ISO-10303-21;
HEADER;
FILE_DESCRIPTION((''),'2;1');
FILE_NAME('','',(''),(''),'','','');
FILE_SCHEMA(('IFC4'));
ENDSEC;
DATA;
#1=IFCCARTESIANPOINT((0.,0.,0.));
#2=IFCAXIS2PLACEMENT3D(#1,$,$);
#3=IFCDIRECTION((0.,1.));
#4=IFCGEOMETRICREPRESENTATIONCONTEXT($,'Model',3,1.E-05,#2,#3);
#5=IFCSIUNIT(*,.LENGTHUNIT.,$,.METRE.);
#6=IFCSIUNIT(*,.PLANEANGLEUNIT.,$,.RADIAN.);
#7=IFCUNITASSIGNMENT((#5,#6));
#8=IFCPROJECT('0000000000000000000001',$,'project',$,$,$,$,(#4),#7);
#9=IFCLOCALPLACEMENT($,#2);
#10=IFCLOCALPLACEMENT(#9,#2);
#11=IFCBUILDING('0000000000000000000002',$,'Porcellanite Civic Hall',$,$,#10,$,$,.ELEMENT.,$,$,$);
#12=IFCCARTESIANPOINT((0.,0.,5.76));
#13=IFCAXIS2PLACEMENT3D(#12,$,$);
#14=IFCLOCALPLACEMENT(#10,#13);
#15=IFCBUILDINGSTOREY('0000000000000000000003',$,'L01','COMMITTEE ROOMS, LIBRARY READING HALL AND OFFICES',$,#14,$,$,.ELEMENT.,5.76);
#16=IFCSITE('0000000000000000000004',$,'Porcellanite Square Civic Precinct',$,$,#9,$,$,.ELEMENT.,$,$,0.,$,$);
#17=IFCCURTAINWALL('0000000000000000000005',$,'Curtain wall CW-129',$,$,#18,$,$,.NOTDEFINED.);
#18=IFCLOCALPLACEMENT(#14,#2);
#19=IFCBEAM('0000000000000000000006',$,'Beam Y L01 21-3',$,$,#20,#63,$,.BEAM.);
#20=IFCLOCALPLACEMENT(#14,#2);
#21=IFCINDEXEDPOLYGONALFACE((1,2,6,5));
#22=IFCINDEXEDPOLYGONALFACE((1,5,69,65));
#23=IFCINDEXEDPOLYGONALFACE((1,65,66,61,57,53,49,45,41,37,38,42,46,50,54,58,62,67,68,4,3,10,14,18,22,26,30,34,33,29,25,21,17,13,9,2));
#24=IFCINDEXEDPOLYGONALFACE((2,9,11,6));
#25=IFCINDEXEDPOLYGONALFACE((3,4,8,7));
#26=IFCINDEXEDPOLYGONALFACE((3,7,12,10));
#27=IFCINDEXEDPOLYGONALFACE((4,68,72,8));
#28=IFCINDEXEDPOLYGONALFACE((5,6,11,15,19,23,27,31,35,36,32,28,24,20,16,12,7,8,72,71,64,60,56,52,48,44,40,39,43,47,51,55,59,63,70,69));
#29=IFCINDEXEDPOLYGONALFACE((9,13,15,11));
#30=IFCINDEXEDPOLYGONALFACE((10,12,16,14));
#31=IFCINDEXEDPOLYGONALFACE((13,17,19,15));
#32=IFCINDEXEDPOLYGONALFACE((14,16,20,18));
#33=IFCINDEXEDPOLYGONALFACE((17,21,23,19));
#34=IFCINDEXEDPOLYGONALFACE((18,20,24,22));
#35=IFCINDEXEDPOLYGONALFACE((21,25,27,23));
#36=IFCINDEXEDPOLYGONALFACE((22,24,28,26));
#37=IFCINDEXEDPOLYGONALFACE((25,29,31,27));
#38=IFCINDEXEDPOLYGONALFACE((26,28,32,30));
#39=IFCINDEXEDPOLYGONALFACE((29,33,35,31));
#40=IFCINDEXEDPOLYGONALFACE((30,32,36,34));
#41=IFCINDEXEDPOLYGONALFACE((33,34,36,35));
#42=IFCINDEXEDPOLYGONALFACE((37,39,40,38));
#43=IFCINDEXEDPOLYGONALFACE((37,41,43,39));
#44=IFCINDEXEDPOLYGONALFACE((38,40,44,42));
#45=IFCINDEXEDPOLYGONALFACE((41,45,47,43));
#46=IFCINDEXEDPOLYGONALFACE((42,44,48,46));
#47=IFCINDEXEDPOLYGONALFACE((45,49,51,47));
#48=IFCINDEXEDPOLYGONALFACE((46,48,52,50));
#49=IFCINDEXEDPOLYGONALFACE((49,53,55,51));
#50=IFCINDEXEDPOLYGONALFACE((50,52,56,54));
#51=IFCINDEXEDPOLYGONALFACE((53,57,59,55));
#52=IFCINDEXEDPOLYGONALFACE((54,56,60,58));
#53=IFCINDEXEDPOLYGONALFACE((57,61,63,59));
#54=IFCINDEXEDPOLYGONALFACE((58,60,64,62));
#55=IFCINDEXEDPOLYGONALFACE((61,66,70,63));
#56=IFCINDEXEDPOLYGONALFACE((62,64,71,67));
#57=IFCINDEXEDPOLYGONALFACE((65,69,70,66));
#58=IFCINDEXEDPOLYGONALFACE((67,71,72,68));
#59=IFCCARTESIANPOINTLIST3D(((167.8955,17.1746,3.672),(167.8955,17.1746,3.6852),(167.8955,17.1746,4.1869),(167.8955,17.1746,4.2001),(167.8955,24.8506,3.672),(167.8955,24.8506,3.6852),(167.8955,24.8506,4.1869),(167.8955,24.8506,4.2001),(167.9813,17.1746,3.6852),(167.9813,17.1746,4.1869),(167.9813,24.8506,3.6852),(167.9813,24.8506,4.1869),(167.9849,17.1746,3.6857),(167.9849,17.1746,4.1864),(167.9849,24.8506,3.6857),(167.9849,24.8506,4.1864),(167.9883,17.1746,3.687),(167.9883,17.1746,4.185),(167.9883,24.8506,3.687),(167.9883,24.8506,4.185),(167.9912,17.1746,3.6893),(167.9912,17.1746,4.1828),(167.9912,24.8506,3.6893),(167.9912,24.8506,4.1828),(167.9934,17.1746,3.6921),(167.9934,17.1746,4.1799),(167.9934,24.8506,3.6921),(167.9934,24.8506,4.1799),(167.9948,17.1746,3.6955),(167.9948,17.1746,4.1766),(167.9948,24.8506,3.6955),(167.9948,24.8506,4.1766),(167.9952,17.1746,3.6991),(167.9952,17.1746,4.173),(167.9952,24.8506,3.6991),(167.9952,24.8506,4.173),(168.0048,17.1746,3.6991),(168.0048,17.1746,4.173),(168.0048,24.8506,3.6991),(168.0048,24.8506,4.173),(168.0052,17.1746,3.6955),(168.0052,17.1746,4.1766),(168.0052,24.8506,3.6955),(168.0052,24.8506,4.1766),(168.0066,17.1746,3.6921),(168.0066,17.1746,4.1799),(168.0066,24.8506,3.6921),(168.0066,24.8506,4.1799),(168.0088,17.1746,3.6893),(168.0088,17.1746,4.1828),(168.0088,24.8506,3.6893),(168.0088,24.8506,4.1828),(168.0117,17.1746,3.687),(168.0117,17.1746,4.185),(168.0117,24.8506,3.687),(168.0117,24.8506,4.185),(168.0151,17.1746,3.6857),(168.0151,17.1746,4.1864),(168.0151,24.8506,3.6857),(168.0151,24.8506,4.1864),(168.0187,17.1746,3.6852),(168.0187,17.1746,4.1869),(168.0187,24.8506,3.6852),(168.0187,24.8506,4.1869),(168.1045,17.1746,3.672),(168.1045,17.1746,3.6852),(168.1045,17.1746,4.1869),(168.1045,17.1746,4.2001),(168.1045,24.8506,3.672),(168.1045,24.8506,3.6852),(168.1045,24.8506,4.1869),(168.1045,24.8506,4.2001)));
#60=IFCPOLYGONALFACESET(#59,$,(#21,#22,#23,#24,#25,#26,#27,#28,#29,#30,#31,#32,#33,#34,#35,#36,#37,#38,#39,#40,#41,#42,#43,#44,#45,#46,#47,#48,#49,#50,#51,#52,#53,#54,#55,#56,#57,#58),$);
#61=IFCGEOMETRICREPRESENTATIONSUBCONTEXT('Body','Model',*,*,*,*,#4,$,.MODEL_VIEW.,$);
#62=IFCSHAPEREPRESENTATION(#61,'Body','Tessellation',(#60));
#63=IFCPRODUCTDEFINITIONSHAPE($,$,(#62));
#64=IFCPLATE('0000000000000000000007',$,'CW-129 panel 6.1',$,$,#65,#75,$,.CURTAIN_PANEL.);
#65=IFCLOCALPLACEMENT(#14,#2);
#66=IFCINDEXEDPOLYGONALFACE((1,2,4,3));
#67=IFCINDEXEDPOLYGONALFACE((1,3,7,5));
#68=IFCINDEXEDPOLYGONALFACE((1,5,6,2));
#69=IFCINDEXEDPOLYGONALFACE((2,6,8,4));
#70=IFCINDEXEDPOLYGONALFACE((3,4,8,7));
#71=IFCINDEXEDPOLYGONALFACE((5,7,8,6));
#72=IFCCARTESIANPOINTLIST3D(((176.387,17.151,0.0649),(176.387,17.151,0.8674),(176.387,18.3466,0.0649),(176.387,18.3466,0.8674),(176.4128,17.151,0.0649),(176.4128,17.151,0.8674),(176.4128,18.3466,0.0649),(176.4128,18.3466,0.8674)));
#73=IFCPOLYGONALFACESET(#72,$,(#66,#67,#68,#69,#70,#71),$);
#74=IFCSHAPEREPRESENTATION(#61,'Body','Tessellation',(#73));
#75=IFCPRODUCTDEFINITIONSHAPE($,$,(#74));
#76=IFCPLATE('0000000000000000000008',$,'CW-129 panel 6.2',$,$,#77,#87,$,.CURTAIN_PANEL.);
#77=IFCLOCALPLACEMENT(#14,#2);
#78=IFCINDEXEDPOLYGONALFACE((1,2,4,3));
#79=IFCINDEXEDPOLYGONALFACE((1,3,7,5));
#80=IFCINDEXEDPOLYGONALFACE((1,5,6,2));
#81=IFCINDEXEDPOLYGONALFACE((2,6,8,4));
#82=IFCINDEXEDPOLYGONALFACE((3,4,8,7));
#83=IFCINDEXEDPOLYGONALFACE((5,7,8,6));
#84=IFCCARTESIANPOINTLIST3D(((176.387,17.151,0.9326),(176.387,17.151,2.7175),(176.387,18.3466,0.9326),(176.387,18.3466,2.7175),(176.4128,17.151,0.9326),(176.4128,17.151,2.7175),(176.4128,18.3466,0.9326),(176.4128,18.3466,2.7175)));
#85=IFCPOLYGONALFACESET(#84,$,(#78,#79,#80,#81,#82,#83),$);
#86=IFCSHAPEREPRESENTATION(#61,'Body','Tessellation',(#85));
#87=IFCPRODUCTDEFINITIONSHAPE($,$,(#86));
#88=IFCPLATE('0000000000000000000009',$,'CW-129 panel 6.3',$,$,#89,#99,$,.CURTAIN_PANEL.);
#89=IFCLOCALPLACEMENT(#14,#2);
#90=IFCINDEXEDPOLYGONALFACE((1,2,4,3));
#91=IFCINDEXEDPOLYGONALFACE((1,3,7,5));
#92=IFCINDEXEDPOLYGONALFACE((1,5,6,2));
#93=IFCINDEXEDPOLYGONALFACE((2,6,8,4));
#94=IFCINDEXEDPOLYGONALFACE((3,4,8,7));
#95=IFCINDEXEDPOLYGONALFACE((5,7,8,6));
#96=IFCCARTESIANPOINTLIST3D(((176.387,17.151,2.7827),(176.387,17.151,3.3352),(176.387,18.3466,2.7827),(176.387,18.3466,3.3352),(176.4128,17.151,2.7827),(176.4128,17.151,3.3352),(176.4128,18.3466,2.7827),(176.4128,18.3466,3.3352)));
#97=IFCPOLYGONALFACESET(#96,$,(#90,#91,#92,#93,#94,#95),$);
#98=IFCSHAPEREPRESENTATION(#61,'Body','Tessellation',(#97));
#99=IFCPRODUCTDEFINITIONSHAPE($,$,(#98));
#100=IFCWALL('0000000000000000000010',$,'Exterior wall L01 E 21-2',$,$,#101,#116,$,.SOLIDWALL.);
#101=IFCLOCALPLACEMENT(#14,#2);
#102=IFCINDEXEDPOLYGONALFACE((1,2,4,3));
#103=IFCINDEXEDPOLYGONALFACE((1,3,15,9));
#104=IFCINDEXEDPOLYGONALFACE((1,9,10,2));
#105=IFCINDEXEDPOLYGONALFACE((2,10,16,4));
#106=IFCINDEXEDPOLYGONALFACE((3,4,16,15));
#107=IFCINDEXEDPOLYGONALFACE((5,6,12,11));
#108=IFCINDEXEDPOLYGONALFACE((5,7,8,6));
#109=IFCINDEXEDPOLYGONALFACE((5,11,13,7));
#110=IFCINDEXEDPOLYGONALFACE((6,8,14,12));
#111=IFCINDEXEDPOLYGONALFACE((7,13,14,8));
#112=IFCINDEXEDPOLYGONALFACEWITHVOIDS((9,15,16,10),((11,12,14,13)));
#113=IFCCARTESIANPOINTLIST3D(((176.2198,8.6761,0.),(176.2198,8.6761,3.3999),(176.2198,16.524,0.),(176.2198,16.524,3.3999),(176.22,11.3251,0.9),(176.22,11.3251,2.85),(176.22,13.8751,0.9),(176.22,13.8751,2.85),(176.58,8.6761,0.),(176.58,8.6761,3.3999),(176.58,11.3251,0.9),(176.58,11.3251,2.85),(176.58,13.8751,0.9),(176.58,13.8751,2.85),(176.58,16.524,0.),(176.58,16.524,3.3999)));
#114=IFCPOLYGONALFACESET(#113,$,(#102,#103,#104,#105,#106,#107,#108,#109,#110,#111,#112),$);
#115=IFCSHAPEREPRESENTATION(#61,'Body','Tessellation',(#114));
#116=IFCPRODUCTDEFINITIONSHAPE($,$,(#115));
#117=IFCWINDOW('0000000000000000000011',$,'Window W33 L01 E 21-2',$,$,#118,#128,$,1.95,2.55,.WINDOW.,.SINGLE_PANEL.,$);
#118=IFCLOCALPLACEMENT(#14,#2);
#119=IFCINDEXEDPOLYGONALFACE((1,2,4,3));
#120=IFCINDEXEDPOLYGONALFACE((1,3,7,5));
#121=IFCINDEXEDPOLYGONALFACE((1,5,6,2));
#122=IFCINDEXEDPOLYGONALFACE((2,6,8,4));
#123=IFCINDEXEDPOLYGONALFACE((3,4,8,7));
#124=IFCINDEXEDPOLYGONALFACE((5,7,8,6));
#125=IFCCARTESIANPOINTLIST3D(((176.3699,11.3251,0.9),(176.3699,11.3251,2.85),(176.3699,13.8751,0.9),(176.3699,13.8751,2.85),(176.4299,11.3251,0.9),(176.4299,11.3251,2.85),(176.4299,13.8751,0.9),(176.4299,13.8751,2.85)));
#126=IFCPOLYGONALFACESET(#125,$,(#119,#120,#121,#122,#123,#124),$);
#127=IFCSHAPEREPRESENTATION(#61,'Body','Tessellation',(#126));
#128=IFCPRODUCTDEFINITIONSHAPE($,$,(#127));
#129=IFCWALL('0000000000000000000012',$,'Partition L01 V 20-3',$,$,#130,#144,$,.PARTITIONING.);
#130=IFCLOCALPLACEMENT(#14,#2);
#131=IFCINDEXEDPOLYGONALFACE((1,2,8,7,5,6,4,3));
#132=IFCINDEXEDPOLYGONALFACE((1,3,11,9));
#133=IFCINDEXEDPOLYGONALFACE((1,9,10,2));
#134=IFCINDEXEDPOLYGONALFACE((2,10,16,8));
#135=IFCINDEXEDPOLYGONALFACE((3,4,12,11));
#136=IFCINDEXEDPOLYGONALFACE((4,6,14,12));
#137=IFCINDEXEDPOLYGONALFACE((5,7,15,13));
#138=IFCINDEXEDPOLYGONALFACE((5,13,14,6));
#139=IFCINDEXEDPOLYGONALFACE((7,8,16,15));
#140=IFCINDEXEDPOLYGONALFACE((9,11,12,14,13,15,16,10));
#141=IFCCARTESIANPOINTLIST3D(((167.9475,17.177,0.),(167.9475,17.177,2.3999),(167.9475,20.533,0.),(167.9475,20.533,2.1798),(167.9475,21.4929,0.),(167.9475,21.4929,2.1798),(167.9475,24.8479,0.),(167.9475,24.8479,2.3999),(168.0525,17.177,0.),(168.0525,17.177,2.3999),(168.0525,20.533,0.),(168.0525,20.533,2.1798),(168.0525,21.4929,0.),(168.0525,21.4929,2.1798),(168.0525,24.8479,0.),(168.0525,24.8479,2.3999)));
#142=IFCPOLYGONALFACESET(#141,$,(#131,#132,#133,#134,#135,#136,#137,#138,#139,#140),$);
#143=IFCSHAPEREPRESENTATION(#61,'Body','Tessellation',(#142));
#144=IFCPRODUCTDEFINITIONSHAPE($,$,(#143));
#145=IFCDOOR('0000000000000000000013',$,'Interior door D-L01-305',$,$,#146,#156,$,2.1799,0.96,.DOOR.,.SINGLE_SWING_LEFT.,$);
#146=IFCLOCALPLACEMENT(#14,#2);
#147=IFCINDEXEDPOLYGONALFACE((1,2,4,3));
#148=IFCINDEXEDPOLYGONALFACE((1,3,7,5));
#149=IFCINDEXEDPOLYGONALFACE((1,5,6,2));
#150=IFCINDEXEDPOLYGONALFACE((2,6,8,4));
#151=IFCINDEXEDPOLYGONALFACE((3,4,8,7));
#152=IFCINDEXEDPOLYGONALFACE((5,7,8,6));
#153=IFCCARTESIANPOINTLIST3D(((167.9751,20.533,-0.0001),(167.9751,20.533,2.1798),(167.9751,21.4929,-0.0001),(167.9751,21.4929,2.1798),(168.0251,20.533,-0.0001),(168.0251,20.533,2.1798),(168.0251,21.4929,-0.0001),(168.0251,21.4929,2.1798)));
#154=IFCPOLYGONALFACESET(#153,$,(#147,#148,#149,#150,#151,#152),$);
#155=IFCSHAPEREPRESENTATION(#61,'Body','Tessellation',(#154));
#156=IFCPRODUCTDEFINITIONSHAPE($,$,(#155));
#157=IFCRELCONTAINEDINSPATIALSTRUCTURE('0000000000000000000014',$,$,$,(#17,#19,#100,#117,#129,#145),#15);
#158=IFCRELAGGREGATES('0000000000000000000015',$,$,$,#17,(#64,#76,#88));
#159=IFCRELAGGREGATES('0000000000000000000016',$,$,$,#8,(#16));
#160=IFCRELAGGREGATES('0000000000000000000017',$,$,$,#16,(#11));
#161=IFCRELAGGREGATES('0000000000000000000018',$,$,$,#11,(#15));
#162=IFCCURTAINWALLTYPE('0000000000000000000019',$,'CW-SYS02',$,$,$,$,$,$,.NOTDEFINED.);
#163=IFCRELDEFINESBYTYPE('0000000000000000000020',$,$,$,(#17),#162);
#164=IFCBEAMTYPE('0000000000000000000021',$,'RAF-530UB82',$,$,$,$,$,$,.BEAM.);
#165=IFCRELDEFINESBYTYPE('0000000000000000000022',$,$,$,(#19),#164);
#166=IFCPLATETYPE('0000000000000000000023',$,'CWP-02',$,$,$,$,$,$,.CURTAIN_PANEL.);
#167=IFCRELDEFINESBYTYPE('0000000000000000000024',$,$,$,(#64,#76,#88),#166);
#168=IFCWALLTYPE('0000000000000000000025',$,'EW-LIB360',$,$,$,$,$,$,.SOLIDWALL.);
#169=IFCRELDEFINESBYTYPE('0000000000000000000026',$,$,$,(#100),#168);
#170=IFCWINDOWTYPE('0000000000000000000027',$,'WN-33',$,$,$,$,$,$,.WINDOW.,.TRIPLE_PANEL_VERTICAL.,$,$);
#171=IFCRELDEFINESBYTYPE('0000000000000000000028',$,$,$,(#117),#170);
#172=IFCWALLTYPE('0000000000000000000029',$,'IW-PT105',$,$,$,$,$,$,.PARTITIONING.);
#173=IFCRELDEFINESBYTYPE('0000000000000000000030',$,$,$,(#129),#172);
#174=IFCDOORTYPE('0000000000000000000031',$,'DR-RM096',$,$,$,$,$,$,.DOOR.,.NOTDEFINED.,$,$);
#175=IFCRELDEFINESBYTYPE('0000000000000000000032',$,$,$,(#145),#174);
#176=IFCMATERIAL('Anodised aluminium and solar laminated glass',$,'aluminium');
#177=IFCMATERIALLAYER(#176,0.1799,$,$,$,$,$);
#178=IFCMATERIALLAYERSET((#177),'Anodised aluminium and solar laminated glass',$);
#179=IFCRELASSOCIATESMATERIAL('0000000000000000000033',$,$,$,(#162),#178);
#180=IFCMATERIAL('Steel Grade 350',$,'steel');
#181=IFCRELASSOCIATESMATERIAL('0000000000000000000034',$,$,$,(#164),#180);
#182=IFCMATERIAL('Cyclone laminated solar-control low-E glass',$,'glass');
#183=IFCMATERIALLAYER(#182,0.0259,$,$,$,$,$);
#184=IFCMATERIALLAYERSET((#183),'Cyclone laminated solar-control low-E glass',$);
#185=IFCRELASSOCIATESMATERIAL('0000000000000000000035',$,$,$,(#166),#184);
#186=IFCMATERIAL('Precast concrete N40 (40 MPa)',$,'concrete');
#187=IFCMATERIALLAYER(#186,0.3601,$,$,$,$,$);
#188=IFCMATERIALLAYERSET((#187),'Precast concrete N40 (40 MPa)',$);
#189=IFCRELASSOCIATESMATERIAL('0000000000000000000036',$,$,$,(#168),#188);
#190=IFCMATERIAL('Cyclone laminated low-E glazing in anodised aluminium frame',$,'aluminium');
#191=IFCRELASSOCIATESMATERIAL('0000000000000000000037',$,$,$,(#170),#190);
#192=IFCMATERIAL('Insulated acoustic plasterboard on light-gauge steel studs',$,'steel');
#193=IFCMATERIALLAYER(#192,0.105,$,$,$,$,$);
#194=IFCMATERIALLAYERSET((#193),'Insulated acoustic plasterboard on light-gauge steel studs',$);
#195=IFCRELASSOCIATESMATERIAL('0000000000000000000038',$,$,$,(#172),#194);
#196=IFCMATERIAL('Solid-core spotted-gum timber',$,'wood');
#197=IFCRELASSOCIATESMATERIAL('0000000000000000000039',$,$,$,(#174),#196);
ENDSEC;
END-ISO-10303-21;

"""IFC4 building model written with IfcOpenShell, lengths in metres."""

from ifc_helpers import new_model, si_unit, direction, frame, frame_2d, origin, origin_2d, place, context, subcontext, project, spatial, rectangle, i_section, extrude, material, layer, layer_set, material_profile, profile_set, type_object, element, fill, aggregate, save


model = new_model("IFC4")

# Units and contexts
model_context = context("Model", 3, precision=1e-05, world=origin(), true_north=direction((0.0, 1.0)))
body_context = subcontext(model_context, "Body", "Model", "MODEL_VIEW")
ifc_project = project(units=[si_unit("LENGTHUNIT", "METRE"), si_unit("PLANEANGLEUNIT", "RADIAN")], contexts=[model_context])

# Site, building, storey
site_placement = place(None, origin())
site = spatial("IfcSite", under=ifc_project, at=site_placement, Name="Porcellanite Square Civic Precinct", CompositionType="ELEMENT", RefElevation=0.0)
building_placement = place(site_placement, origin())
building = spatial("IfcBuilding", under=site, at=building_placement, Name="Porcellanite Civic Hall", CompositionType="ELEMENT")
storey_placement = place(building_placement, frame((0.0, 0.0, 5.76)))
storey = spatial("IfcBuildingStorey", under=building, at=storey_placement, Name="L01", Description="COMMITTEE ROOMS, LIBRARY READING HALL AND OFFICES", CompositionType="ELEMENT", Elevation=5.76)

# Curtain wall
ifc_material_1 = material(Name="Anodised aluminium and solar laminated glass", Category="aluminium")
ifc_layer_1 = layer(ifc_material_1, 0.1799)
ifc_layer_set_1 = layer_set([ifc_layer_1], Name="Anodised aluminium and solar laminated glass")
curtain_wall_type = type_object("IfcCurtainWallType", Name="CW-SYS02", PredefinedType="NOTDEFINED", material=ifc_layer_set_1)
curtain_wall_placement = place(storey_placement, origin())
curtain_wall = element("IfcCurtainWall", 1, at=curtain_wall_placement, inside=storey, type_object=curtain_wall_type, Name="Curtain wall CW-129", PredefinedType="NOTDEFINED")

# Beam
ifc_material_2 = material(Name="Steel Grade 350", Category="steel")
ifc_material_profile_1 = material_profile(ifc_material_2, i_section(OverallWidth=0.209, OverallDepth=0.5281, WebThickness=0.0095, FlangeThickness=0.0132, FilletRadius=0.0139, at=origin_2d()), Name="530UB82.0")
ifc_profile_set_1 = profile_set([ifc_material_profile_1], Name="Steel Grade 350")
beam_type_1 = type_object("IfcBeamType", Name="RAF-530UB82", PredefinedType="BEAM", material=ifc_profile_set_1)
beam_1_placement = place(storey_placement, frame((168.0, 17.1746, 3.936), z_axis=(0.0, 1.0, 0.0), x_axis=(-1.0, 0.0, 0.0)))
element("IfcBeam", 2, at=beam_1_placement, inside=storey, type_object=beam_type_1, Name="Beam Y L01 21-3", PredefinedType="BEAM", context=body_context, shape_type="SweptSolid", body=[
    extrude(i_section(OverallWidth=0.209, OverallDepth=0.5281, WebThickness=0.0095, FlangeThickness=0.0132, FilletRadius=0.0139, at=origin_2d()), origin(), (0.0, 0.0, 1.0), 7.676),
])

# Plates
ifc_material_3 = material(Name="Cyclone laminated solar-control low-E glass", Category="glass")
ifc_layer_2 = layer(ifc_material_3, 0.0259)
ifc_layer_set_2 = layer_set([ifc_layer_2], Name="Cyclone laminated solar-control low-E glass")
plate_type = type_object("IfcPlateType", Name="CWP-02", PredefinedType="CURTAIN_PANEL", material=ifc_layer_set_2)
plate_1_placement = place(storey_placement, frame((176.3999, 17.7488, 0.0649), z_axis=(0.0, 0.0, 1.0), x_axis=(0.0, -1.0, 0.0)))
plate_1 = element("IfcPlate", 3, at=plate_1_placement, type_object=plate_type, Name="CW-129 panel 6.1", PredefinedType="CURTAIN_PANEL", context=body_context, shape_type="SweptSolid", body=[
    extrude(rectangle(XDim=1.1956, YDim=0.0259, at=origin_2d()), origin(), (0.0, 0.0, 1.0), 0.8025),
])
plate_2_placement = place(storey_placement, frame((176.3999, 17.7488, 0.9326), z_axis=(0.0, 0.0, 1.0), x_axis=(0.0, -1.0, 0.0)))
plate_2 = element("IfcPlate", 4, at=plate_2_placement, type_object=plate_type, Name="CW-129 panel 6.2", PredefinedType="CURTAIN_PANEL", context=body_context, shape_type="SweptSolid", body=[
    extrude(rectangle(XDim=1.1956, YDim=0.0259, at=origin_2d()), origin(), (0.0, 0.0, 1.0), 1.7849),
])
plate_3_placement = place(storey_placement, frame((176.3999, 17.7488, 2.7827), z_axis=(0.0, 0.0, 1.0), x_axis=(0.0, -1.0, 0.0)))
plate_3 = element("IfcPlate", 5, at=plate_3_placement, type_object=plate_type, Name="CW-129 panel 6.3", PredefinedType="CURTAIN_PANEL", context=body_context, shape_type="SweptSolid", body=[
    extrude(rectangle(XDim=1.1956, YDim=0.0259, at=origin_2d()), origin(), (0.0, 0.0, 1.0), 0.5525),
])
aggregate(curtain_wall, [plate_1, plate_2, plate_3])

# Wall, opening, window
ifc_material_4 = material(Name="Precast concrete N40 (40 MPa)", Category="concrete")
ifc_layer_3 = layer(ifc_material_4, 0.3601)
ifc_layer_set_3 = layer_set([ifc_layer_3], Name="Precast concrete N40 (40 MPa)")
wall_type_1 = type_object("IfcWallType", Name="EW-LIB360", PredefinedType="SOLIDWALL", material=ifc_layer_set_3)
wall_1_placement = place(storey_placement, frame((176.3999, 16.5239, 0.0), z_axis=(0.0, 0.0, 1.0), x_axis=(0.0, -1.0, 0.0)))
wall_1 = element("IfcWall", 6, at=wall_1_placement, inside=storey, type_object=wall_type_1, Name="Exterior wall L01 E 21-2", PredefinedType="SOLIDWALL", context=body_context, shape_type="SweptSolid", body=[
    extrude(rectangle(XDim=7.8479, YDim=0.3601, at=frame_2d((3.9238, 0.0))), origin(), (0.0, 0.0, 1.0), 3.3999),
])
opening_1_placement = place(wall_1_placement, frame((2.6489, 0.0, 0.8999)))
opening_1 = element("IfcOpeningElement", 7, at=opening_1_placement, cuts=wall_1, PredefinedType="OPENING", context=body_context, shape_type="SweptSolid", body=[
    extrude(rectangle(XDim=2.55, YDim=1.95, at=frame_2d((1.2749, 0.9751))), frame((0.0, 0.1802, 0.0), z_axis=(0.0, -1.0, 0.0), x_axis=(1.0, 0.0, 0.0)), (0.0, 0.0, 1.0), 0.3601),
])
ifc_material_5 = material(Name="Cyclone laminated low-E glazing in anodised aluminium frame", Category="aluminium")
window_type = type_object("IfcWindowType", Name="WN-33", PartitioningType="TRIPLE_PANEL_VERTICAL", PredefinedType="WINDOW", material=ifc_material_5)
window_placement = place(opening_1_placement, origin())
window = element("IfcWindow", 8, at=window_placement, inside=storey, type_object=window_type, Name="Window W33 L01 E 21-2", OverallHeight=1.95, OverallWidth=2.55, PartitioningType="SINGLE_PANEL", PredefinedType="WINDOW", context=body_context, shape_type="SweptSolid", body=[
    extrude(rectangle(XDim=2.55, YDim=1.95, at=frame_2d((1.2749, 0.9751))), frame((0.0, 0.03, 0.0), z_axis=(0.0, -1.0, 0.0), x_axis=(1.0, 0.0, 0.0)), (0.0, 0.0, 1.0), 0.0601),
])
fill(opening_1, window)

# Wall, opening, door
ifc_material_6 = material(Name="Insulated acoustic plasterboard on light-gauge steel studs", Category="steel")
ifc_layer_4 = layer(ifc_material_6, 0.105)
ifc_layer_set_4 = layer_set([ifc_layer_4], Name="Insulated acoustic plasterboard on light-gauge steel studs")
wall_type_2 = type_object("IfcWallType", Name="IW-PT105", PredefinedType="PARTITIONING", material=ifc_layer_set_4)
wall_2_placement = place(storey_placement, frame((168.0, 17.177, 0.0), z_axis=(0.0, 0.0, 1.0), x_axis=(0.0, 1.0, 0.0)))
wall_2 = element("IfcWall", 9, at=wall_2_placement, inside=storey, type_object=wall_type_2, Name="Partition L01 V 20-3", PredefinedType="PARTITIONING", context=body_context, shape_type="SweptSolid", body=[
    extrude(rectangle(XDim=7.6709, YDim=0.105, at=frame_2d((3.8354, 0.0))), origin(), (0.0, 0.0, 1.0), 2.3999),
])
opening_2_placement = place(wall_2_placement, frame((3.356, 0.0, 0.0)))
opening_2 = element("IfcOpeningElement", 10, at=opening_2_placement, cuts=wall_2, PredefinedType="OPENING", context=body_context, shape_type="SweptSolid", body=[
    extrude(rectangle(XDim=0.96, YDim=2.1799, at=frame_2d((0.48, 1.0898))), frame((0.0, 0.0525, 0.0), z_axis=(0.0, -1.0, 0.0), x_axis=(1.0, 0.0, 0.0)), (0.0, 0.0, 1.0), 0.105),
])
ifc_material_7 = material(Name="Solid-core spotted-gum timber", Category="wood")
door_type_1 = type_object("IfcDoorType", Name="DR-RM096", OperationType="NOTDEFINED", PredefinedType="DOOR", material=ifc_material_7)
door_1_placement = place(opening_2_placement, origin())
door_1 = element("IfcDoor", 11, at=door_1_placement, inside=storey, type_object=door_type_1, Name="Interior door D-L01-305", OperationType="SINGLE_SWING_LEFT", OverallHeight=2.1799, OverallWidth=0.96, PredefinedType="DOOR", context=body_context, shape_type="SweptSolid", body=[
    extrude(rectangle(XDim=0.96, YDim=2.1799, at=frame_2d((0.48, 1.0898))), frame((0.0, 0.0249, 0.0), z_axis=(0.0, -1.0, 0.0), x_axis=(1.0, 0.0, 0.0)), (0.0, 0.0, 1.0), 0.05),
])
fill(opening_2, door_1)

save(model, "model.ifc")
